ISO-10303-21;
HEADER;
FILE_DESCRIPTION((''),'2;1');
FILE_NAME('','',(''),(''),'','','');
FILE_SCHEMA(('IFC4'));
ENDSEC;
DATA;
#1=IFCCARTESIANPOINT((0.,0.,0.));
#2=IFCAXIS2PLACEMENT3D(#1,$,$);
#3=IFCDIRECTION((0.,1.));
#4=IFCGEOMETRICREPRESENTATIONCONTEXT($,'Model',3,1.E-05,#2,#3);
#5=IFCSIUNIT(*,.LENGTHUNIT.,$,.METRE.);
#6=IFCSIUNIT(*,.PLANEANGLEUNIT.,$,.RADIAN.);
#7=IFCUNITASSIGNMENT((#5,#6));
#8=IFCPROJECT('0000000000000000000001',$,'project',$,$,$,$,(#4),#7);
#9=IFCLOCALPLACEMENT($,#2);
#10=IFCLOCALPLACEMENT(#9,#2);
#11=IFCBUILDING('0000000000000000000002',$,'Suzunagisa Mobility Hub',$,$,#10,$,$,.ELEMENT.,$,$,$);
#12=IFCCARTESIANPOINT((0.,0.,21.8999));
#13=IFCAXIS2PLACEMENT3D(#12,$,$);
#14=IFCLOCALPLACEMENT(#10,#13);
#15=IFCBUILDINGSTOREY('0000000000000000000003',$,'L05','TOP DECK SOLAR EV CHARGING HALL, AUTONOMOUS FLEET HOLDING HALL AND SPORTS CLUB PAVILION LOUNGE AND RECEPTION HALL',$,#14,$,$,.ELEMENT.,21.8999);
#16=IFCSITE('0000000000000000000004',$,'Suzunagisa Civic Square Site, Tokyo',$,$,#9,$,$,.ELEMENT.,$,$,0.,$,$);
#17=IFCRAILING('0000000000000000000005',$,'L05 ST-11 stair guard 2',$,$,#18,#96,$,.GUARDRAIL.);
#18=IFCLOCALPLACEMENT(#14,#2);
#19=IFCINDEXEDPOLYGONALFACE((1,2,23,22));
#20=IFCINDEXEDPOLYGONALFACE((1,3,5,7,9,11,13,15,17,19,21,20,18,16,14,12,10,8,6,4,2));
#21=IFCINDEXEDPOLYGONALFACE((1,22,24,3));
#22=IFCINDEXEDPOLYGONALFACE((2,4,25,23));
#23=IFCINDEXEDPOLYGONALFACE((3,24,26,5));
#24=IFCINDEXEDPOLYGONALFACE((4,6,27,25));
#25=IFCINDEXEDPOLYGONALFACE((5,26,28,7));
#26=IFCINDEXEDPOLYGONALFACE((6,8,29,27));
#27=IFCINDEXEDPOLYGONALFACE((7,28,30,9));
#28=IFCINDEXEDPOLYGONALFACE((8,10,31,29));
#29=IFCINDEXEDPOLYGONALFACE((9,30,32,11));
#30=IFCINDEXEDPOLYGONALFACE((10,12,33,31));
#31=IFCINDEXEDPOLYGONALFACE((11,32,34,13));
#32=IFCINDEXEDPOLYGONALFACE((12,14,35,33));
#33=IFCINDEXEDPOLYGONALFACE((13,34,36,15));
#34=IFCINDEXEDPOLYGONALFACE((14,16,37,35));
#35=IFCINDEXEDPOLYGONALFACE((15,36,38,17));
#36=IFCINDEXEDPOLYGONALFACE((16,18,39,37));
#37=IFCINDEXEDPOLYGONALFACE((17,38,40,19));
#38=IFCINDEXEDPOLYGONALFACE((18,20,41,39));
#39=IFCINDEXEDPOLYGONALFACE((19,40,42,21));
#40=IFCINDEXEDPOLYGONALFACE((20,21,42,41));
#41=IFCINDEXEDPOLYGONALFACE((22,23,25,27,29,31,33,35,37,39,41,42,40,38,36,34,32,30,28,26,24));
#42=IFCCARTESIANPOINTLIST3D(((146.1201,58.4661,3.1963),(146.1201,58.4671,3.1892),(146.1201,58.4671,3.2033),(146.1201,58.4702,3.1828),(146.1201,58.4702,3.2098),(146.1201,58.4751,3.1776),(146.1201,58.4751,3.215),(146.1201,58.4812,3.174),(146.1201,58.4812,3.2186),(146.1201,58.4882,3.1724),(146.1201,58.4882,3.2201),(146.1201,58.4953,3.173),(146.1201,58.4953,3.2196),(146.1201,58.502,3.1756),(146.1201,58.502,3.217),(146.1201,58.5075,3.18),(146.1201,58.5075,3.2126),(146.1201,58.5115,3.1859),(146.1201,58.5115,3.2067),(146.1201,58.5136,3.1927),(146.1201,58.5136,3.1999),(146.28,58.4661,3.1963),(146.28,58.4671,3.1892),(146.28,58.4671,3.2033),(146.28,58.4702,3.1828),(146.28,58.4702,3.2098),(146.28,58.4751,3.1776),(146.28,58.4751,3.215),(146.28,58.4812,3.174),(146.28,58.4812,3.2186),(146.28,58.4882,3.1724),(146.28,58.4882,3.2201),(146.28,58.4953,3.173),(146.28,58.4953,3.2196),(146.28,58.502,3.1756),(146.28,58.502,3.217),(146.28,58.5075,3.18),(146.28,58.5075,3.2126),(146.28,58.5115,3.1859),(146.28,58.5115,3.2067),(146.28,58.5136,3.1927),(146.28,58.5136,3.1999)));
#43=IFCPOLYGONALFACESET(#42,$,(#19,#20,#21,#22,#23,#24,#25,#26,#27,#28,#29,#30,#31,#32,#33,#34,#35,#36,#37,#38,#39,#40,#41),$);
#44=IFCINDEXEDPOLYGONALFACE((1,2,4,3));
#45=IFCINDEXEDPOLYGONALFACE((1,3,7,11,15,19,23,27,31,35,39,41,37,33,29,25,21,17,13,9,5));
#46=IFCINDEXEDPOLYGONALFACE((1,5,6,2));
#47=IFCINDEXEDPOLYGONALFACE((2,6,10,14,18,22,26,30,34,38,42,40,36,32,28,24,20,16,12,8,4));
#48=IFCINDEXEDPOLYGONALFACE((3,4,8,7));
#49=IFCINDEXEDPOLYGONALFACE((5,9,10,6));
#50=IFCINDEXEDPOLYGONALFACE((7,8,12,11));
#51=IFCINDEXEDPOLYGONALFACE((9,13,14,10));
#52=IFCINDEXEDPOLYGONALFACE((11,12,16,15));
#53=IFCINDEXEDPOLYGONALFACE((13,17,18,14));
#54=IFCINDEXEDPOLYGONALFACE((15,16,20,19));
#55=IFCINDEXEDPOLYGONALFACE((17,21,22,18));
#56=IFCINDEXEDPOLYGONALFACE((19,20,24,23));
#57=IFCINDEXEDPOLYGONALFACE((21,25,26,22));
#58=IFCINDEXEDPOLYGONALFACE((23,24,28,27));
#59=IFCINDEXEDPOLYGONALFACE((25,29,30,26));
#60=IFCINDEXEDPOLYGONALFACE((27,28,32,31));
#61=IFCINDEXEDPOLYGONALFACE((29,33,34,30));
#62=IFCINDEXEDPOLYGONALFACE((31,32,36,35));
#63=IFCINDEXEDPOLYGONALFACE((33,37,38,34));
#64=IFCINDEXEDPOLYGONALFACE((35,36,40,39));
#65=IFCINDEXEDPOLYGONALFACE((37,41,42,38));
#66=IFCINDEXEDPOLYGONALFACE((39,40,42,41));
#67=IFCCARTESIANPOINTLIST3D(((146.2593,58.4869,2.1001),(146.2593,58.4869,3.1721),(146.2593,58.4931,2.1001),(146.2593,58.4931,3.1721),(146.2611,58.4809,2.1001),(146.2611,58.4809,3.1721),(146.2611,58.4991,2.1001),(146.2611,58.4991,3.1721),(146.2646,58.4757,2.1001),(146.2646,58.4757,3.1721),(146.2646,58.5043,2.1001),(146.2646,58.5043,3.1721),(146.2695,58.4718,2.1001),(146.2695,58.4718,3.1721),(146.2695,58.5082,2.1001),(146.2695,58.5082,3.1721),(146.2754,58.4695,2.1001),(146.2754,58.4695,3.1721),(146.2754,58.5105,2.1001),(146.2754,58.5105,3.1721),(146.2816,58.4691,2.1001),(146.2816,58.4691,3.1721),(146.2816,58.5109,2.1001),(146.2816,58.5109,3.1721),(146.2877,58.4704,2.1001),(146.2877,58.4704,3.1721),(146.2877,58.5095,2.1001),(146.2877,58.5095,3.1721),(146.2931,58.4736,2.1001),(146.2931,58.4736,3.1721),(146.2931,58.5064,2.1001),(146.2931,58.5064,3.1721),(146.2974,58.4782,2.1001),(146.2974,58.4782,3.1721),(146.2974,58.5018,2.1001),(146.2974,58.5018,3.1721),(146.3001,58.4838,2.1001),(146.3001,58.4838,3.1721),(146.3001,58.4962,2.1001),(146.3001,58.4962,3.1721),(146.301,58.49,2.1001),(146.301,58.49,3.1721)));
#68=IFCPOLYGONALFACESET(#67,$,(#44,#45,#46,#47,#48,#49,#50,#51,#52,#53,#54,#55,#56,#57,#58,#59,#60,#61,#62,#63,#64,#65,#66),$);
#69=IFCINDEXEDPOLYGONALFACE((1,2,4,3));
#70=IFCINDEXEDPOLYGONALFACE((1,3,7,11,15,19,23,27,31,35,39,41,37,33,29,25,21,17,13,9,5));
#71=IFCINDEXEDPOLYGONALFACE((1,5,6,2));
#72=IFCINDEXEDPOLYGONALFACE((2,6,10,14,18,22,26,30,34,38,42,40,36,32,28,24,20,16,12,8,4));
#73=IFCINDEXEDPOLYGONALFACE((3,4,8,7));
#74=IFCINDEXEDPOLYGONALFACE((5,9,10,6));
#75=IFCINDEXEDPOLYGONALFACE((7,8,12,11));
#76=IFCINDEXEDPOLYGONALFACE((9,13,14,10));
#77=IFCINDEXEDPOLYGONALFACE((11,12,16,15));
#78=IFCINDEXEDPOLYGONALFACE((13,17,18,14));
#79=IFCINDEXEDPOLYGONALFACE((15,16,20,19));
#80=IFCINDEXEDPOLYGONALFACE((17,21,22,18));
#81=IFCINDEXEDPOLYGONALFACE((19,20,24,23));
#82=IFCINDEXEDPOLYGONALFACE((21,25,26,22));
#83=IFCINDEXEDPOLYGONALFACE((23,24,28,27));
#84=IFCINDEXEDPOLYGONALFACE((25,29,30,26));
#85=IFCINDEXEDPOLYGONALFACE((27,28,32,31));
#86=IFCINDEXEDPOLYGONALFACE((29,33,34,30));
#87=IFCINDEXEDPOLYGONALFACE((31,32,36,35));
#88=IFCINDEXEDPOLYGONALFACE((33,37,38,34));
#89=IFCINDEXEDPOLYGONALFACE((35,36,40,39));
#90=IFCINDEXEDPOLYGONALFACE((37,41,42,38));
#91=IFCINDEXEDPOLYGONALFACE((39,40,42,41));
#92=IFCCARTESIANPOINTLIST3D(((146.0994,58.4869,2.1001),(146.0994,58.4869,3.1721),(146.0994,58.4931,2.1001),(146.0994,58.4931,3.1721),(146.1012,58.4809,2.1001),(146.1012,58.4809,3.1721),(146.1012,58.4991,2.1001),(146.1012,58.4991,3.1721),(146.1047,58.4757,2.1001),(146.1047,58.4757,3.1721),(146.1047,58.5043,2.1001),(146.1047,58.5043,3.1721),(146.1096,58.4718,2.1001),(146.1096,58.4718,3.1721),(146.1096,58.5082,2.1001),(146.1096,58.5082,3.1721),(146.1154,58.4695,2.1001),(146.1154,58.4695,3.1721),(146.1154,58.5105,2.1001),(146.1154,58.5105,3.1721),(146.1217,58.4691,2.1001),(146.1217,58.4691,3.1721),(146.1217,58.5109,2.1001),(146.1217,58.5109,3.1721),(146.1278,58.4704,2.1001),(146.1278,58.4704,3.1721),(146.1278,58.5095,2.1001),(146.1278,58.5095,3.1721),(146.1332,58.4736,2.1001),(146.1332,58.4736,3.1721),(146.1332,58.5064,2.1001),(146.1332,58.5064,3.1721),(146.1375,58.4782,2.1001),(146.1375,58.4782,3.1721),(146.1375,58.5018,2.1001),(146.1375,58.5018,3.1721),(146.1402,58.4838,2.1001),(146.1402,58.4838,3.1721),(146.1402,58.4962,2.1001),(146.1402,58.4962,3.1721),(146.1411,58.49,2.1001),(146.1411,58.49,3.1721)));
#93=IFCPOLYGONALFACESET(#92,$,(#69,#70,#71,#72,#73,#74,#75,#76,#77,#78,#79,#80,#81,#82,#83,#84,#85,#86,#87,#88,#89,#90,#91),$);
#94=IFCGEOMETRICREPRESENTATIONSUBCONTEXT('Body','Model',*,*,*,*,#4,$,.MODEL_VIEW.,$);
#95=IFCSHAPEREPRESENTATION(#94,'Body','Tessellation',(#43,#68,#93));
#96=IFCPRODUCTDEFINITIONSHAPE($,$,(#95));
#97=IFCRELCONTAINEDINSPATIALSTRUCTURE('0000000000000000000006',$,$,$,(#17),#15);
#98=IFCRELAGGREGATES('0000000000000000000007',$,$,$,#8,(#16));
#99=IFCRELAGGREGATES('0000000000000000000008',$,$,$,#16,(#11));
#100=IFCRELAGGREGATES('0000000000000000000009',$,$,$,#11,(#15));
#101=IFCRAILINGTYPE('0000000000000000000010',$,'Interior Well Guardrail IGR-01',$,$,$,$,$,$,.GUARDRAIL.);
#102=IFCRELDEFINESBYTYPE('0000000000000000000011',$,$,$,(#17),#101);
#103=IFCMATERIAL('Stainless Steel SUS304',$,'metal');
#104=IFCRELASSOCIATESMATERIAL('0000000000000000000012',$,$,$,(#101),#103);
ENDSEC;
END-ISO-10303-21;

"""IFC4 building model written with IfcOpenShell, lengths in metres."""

from ifc_helpers import new_model, si_unit, direction, frame, origin, origin_2d, place, context, subcontext, project, spatial, circle, extrude, material, type_object, element, save


model = new_model("IFC4")

# Units and contexts
model_context = context("Model", 3, precision=1e-05, world=origin(), true_north=direction((0.0, 1.0)))
body_context = subcontext(model_context, "Body", "Model", "MODEL_VIEW")
ifc_project = project(units=[si_unit("LENGTHUNIT", "METRE"), si_unit("PLANEANGLEUNIT", "RADIAN")], contexts=[model_context])

# Site, building, storey
site_placement = place(None, origin())
site = spatial("IfcSite", under=ifc_project, at=site_placement, Name="Suzunagisa Civic Square Site, Tokyo", CompositionType="ELEMENT", RefElevation=0.0)
building_placement = place(site_placement, origin())
building = spatial("IfcBuilding", under=site, at=building_placement, Name="Suzunagisa Mobility Hub", CompositionType="ELEMENT")
storey_placement = place(building_placement, frame((0.0, 0.0, 21.8999)))
storey = spatial("IfcBuildingStorey", under=building, at=storey_placement, Name="L05", Description="TOP DECK SOLAR EV CHARGING HALL, AUTONOMOUS FLEET HOLDING HALL AND SPORTS CLUB PAVILION LOUNGE AND RECEPTION HALL", CompositionType="ELEMENT", Elevation=21.8999)

# Railing
ifc_material_1 = material(Name="Stainless Steel SUS304", Category="metal")
railing_type_1 = type_object("IfcRailingType", Name="Interior Well Guardrail IGR-01", PredefinedType="GUARDRAIL", material=ifc_material_1)
railing_1_placement = place(storey_placement, frame((146.28, 58.49, 2.1001)))
element("IfcRailing", 1, at=railing_1_placement, inside=storey, type_object=railing_type_1, Name="L05 ST-11 stair guard 2", PredefinedType="GUARDRAIL", context=body_context, shape_type="SweptSolid", body=[
    extrude(circle(Radius=0.0239, at=origin_2d()), frame((0.0, 0.0, 1.0962), z_axis=(-1.0, 0.0, 0.0), x_axis=(0.0, -1.0, 0.0)), (0.0, 0.0, 1.0), 0.1599),
    extrude(circle(Radius=0.021, at=origin_2d()), origin(), (0.0, 0.0, 1.0), 1.072),
    extrude(circle(Radius=0.021, at=origin_2d()), frame((-0.1599, 0.0, 0.0)), (0.0, 0.0, 1.0), 1.072),
])

save(model, "model.ifc")
